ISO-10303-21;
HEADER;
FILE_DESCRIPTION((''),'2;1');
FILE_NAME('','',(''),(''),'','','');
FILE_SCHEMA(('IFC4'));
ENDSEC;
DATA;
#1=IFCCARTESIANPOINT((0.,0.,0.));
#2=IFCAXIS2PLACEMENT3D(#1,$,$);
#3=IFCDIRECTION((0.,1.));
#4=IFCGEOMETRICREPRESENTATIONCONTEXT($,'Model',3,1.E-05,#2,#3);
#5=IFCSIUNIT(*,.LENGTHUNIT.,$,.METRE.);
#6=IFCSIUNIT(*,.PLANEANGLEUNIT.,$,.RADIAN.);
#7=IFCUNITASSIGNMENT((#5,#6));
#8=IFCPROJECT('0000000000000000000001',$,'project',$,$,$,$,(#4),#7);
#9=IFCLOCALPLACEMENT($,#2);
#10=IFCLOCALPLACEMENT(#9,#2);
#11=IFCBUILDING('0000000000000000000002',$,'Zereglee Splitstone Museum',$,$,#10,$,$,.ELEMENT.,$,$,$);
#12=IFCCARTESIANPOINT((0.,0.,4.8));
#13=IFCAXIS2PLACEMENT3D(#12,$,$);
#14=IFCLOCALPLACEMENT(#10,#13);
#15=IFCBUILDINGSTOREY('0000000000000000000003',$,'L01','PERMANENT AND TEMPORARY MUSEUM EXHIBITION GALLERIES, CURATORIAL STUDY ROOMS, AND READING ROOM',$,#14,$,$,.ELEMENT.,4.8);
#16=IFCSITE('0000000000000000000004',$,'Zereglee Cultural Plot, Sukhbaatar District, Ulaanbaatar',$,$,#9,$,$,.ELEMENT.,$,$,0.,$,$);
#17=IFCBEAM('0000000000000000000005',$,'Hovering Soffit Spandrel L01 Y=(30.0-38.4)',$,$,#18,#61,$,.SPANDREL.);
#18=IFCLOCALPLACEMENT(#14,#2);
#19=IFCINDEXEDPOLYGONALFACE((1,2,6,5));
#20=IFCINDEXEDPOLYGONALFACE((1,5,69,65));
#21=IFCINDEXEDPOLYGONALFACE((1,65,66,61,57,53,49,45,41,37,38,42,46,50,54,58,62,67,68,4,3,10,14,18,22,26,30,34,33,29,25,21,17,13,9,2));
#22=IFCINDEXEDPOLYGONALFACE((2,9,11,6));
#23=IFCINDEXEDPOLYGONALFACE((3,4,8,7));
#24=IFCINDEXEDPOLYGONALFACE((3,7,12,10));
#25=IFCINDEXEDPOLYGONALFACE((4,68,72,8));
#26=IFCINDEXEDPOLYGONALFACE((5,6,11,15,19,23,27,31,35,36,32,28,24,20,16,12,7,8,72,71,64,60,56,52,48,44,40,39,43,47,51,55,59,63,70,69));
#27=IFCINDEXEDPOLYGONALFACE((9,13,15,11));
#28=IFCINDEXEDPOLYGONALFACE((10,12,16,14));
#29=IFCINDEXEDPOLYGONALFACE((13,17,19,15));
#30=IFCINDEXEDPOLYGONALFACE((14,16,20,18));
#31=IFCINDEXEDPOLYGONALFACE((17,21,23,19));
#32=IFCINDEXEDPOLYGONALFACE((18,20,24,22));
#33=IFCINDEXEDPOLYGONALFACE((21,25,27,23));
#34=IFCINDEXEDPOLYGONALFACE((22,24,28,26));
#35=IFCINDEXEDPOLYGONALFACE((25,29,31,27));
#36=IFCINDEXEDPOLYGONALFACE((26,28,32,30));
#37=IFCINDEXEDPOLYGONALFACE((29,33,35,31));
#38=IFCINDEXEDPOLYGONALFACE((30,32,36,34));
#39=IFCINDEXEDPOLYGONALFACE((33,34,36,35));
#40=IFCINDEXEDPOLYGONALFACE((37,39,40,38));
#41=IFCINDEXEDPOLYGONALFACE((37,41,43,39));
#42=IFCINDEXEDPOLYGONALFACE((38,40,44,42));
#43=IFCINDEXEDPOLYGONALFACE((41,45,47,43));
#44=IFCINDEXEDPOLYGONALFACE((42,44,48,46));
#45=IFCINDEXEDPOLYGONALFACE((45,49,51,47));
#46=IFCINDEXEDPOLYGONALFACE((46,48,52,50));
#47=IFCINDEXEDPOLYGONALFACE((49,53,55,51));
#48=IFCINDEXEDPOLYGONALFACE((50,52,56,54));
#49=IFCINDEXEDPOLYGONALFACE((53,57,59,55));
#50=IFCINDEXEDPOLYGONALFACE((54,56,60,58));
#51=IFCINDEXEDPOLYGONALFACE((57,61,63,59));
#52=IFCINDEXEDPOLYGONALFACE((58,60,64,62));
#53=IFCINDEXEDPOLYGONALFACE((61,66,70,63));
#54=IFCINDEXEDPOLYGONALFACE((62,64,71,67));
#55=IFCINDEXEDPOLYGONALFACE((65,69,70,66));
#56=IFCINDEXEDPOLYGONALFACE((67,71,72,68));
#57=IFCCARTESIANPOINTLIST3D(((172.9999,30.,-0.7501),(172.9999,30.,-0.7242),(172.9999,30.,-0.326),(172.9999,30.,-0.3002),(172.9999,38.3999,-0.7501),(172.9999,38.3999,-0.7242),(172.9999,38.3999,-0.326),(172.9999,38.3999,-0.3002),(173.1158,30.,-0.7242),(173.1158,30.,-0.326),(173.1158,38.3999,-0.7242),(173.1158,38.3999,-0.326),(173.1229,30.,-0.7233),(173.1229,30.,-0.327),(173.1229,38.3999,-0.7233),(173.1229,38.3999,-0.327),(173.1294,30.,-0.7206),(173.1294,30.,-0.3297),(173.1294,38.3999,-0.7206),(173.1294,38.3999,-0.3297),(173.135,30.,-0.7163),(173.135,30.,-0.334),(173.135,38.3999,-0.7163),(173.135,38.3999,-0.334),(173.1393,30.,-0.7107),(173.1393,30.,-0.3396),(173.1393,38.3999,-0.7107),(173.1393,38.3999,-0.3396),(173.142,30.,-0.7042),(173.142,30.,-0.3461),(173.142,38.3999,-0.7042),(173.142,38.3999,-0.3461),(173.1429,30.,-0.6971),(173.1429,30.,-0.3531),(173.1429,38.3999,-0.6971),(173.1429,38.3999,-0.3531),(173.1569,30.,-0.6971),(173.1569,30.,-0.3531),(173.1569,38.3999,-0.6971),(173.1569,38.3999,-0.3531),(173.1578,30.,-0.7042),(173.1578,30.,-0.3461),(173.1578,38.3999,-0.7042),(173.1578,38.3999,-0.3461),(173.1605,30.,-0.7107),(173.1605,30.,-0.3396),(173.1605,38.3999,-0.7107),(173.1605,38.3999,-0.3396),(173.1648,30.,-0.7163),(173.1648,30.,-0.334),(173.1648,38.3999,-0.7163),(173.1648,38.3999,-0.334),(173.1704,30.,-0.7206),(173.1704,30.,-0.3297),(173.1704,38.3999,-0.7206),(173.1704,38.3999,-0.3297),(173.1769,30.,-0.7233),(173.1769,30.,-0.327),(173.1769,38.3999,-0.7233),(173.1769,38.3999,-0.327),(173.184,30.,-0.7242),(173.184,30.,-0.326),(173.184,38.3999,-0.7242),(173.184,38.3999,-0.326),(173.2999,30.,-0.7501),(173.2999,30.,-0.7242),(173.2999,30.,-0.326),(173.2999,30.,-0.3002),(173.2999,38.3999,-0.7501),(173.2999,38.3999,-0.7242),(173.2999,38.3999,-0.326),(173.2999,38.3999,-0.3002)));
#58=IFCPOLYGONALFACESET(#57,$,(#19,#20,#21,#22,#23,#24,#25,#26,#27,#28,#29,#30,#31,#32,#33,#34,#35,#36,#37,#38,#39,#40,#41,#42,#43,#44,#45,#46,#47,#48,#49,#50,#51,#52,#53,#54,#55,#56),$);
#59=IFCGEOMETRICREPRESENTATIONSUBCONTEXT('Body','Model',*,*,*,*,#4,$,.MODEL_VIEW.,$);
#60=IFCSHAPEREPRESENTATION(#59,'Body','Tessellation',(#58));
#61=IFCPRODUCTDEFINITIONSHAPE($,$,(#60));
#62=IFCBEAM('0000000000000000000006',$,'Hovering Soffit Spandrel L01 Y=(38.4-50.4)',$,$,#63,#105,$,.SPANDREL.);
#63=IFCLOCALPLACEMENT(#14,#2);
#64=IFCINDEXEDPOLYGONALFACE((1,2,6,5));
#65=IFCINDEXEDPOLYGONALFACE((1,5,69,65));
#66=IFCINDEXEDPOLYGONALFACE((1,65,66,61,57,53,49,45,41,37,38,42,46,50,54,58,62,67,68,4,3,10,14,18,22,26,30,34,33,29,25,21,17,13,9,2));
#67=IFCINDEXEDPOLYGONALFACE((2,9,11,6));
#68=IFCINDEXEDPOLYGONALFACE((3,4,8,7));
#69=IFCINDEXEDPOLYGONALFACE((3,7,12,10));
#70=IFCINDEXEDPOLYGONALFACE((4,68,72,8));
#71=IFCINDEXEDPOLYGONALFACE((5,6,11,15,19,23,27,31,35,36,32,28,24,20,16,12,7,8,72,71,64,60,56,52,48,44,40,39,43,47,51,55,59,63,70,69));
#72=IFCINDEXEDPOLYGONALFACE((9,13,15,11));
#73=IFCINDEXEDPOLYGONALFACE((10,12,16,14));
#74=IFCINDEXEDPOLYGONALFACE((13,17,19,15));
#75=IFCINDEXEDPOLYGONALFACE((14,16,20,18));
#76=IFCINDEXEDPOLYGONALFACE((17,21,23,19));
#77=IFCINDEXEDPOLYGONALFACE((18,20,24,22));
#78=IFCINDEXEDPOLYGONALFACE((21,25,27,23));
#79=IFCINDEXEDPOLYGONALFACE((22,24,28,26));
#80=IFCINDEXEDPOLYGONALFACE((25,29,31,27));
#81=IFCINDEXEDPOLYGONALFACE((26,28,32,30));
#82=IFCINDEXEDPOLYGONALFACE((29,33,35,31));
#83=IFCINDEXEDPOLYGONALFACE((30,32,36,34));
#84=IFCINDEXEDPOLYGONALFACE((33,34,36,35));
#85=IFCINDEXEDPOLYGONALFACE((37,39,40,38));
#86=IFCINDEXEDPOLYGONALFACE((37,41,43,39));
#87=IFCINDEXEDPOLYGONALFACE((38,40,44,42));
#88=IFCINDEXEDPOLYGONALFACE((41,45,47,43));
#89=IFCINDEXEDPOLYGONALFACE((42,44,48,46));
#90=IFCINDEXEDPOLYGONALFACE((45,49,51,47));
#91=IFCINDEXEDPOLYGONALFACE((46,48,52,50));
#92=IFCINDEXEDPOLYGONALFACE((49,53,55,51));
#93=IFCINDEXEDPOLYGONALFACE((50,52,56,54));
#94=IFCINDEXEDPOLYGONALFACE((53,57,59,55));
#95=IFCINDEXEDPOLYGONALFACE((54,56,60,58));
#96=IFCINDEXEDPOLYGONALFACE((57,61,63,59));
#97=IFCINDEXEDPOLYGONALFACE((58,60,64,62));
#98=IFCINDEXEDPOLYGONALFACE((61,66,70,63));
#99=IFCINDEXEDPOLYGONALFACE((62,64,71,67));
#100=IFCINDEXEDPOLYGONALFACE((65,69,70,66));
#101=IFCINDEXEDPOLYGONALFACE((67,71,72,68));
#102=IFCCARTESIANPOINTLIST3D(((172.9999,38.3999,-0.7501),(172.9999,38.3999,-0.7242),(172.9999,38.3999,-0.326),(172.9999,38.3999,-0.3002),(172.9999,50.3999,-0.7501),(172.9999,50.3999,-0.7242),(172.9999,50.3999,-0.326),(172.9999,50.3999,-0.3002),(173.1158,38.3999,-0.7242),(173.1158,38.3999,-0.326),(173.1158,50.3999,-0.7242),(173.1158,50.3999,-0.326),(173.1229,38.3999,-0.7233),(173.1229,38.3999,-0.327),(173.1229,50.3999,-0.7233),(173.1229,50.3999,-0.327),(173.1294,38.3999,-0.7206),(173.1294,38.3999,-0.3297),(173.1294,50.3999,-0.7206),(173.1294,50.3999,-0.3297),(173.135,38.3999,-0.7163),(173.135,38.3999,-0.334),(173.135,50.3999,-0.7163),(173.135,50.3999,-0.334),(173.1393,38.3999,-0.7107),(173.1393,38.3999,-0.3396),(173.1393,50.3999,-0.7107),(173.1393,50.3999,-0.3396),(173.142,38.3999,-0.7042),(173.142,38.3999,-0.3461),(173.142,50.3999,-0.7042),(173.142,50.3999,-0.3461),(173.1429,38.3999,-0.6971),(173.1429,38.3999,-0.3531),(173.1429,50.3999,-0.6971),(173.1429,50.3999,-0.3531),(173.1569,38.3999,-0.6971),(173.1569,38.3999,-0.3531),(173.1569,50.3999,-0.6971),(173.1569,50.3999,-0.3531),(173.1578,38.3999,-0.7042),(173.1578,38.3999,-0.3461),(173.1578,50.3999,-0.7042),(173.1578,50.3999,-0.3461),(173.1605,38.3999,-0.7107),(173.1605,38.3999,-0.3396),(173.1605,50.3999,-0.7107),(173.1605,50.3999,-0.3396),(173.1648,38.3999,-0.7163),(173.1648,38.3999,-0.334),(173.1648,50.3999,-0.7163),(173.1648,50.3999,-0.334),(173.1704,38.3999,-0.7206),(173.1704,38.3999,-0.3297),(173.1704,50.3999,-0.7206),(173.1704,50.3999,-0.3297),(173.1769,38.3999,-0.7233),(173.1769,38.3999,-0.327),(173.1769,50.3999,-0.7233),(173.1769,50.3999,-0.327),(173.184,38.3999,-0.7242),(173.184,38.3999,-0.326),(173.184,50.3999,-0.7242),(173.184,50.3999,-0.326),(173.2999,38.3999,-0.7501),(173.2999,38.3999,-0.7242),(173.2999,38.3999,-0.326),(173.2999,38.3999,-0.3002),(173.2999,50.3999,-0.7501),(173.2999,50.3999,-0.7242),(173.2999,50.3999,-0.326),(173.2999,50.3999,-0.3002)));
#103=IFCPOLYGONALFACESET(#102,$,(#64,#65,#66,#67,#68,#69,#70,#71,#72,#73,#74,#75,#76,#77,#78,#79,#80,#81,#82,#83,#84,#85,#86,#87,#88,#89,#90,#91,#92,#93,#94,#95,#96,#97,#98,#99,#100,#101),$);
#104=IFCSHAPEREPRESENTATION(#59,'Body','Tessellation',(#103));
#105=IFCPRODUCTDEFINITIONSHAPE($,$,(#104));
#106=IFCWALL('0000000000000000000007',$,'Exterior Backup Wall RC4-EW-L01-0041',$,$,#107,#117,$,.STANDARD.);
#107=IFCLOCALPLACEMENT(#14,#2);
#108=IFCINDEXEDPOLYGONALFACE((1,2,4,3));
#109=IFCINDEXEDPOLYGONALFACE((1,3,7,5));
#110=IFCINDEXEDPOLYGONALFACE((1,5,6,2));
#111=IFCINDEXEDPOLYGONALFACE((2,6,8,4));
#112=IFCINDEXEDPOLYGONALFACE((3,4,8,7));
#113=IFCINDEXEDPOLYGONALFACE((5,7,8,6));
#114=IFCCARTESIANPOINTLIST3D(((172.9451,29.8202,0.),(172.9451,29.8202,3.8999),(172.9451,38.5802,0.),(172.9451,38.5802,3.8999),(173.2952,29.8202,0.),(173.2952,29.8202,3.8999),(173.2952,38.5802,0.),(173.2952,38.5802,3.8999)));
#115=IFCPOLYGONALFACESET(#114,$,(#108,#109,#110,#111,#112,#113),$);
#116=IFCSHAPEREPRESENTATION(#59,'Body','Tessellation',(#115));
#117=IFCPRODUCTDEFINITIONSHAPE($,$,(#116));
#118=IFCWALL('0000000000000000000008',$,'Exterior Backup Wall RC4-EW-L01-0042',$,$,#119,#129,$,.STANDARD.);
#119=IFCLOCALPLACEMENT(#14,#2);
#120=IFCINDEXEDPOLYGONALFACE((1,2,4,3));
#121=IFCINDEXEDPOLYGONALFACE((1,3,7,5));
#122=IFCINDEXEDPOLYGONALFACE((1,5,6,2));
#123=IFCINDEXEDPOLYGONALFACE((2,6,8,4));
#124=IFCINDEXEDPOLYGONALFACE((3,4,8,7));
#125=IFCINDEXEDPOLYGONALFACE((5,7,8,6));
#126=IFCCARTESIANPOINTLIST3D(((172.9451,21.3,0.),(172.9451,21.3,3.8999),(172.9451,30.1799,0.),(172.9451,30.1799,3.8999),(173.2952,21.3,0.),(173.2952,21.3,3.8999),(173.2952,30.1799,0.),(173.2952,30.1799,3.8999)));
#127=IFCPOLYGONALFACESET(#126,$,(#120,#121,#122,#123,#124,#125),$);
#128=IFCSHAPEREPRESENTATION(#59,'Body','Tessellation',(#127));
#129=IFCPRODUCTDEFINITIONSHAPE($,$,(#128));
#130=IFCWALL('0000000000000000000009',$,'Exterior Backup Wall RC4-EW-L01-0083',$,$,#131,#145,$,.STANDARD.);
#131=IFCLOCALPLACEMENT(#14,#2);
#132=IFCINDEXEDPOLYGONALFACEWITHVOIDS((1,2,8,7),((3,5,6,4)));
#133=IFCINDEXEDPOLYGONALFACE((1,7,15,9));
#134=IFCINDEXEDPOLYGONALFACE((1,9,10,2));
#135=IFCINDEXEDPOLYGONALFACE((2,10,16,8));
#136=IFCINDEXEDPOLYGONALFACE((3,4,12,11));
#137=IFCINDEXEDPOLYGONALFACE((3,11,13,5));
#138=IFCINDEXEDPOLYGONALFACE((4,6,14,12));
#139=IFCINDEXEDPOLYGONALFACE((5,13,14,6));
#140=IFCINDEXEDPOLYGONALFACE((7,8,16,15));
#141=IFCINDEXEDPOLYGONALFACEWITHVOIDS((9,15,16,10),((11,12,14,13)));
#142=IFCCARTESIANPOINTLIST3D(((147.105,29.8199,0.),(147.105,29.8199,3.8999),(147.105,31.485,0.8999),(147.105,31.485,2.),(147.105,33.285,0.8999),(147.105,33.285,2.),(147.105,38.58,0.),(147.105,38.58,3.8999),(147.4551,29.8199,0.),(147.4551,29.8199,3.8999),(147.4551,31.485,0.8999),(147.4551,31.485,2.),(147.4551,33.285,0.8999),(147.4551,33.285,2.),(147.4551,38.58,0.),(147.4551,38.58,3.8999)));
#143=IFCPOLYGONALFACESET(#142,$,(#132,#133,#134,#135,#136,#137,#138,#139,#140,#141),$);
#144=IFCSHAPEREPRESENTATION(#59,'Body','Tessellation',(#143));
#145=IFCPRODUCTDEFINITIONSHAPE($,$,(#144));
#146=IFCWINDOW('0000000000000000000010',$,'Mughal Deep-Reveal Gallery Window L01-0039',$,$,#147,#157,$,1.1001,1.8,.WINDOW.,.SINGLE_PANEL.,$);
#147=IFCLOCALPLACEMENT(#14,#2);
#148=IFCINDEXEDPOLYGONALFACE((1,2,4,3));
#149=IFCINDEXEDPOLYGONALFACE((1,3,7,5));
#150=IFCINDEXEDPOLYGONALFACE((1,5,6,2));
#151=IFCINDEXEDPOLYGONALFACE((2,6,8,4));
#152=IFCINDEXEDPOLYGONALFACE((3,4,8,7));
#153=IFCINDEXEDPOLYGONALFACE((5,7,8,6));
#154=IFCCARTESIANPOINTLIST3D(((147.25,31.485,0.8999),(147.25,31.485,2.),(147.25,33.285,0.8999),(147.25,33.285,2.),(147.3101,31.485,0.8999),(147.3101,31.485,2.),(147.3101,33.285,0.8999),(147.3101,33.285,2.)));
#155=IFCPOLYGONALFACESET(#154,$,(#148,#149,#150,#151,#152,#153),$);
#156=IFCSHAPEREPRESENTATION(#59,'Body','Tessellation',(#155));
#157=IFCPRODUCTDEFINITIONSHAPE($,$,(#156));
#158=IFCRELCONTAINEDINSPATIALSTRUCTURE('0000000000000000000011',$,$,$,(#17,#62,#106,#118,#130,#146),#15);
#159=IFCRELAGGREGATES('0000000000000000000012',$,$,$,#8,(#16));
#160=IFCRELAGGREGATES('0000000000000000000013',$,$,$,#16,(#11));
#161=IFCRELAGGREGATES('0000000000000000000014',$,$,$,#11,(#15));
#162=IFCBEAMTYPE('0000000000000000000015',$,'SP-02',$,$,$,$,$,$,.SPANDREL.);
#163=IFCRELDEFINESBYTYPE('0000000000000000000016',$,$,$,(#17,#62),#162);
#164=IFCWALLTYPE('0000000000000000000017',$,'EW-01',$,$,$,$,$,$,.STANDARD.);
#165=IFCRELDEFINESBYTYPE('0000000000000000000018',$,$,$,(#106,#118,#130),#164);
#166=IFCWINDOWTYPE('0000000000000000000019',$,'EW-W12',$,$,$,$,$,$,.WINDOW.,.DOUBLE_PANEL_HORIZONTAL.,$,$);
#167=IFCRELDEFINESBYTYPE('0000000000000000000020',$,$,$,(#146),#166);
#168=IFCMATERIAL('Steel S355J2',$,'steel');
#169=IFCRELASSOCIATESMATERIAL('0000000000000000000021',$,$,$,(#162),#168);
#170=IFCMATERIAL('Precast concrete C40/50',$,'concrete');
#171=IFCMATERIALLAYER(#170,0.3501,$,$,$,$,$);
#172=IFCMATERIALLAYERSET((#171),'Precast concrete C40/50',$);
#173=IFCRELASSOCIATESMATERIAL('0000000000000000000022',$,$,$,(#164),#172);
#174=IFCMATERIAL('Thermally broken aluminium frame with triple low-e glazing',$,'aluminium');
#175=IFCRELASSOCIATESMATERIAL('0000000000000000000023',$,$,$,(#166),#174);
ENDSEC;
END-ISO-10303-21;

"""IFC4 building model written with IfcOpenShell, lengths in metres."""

from ifc_helpers import new_model, si_unit, direction, frame, frame_2d, origin, origin_2d, place, context, subcontext, project, spatial, rectangle, i_section, extrude, material, layer, layer_set, material_profile, profile_set, type_object, element, fill, save


model = new_model("IFC4")

# Units and contexts
model_context = context("Model", 3, precision=1e-05, world=origin(), true_north=direction((0.0, 1.0)))
body_context = subcontext(model_context, "Body", "Model", "MODEL_VIEW")
ifc_project = project(units=[si_unit("LENGTHUNIT", "METRE"), si_unit("PLANEANGLEUNIT", "RADIAN")], contexts=[model_context])

# Site, building, storey
site_placement = place(None, origin())
site = spatial("IfcSite", under=ifc_project, at=site_placement, Name="Zereglee Cultural Plot, Sukhbaatar District, Ulaanbaatar", CompositionType="ELEMENT", RefElevation=0.0)
building_placement = place(site_placement, origin())
building = spatial("IfcBuilding", under=site, at=building_placement, Name="Zereglee Splitstone Museum", CompositionType="ELEMENT")
storey_placement = place(building_placement, frame((0.0, 0.0, 4.8)))
storey = spatial("IfcBuildingStorey", under=building, at=storey_placement, Name="L01", Description="PERMANENT AND TEMPORARY MUSEUM EXHIBITION GALLERIES, CURATORIAL STUDY ROOMS, AND READING ROOM", CompositionType="ELEMENT", Elevation=4.8)

# Shared definitions
ifc_material_1 = material(Name="Steel S355J2", Category="steel")

# Beams
ifc_material_profile_1 = material_profile(ifc_material_1, i_section(OverallWidth=0.3, OverallDepth=0.45, WebThickness=0.0139, FlangeThickness=0.0259, FilletRadius=0.0271, at=origin_2d()), Name="HE 450 B")
ifc_profile_set_1 = profile_set([ifc_material_profile_1], Name="Steel S355J2")
beam_type_1 = type_object("IfcBeamType", Name="SP-02", PredefinedType="SPANDREL", material=ifc_profile_set_1)
beam_1_placement = place(storey_placement, frame((173.1499, 30.0, -0.5251), z_axis=(0.0, 1.0, 0.0), x_axis=(-1.0, 0.0, 0.0)))
element("IfcBeam", 1, at=beam_1_placement, inside=storey, type_object=beam_type_1, Name="Hovering Soffit Spandrel L01 Y=(30.0-38.4)", PredefinedType="SPANDREL", context=body_context, shape_type="SweptSolid", body=[
    extrude(i_section(OverallWidth=0.3, OverallDepth=0.45, WebThickness=0.0139, FlangeThickness=0.0259, FilletRadius=0.0271, at=origin_2d()), origin(), (0.0, 0.0, 1.0), 8.3999),
])
beam_2_placement = place(storey_placement, frame((173.1499, 38.3999, -0.5251), z_axis=(0.0, 1.0, 0.0), x_axis=(-1.0, 0.0, 0.0)))
element("IfcBeam", 2, at=beam_2_placement, inside=storey, type_object=beam_type_1, Name="Hovering Soffit Spandrel L01 Y=(38.4-50.4)", PredefinedType="SPANDREL", context=body_context, shape_type="SweptSolid", body=[
    extrude(i_section(OverallWidth=0.3, OverallDepth=0.45, WebThickness=0.0139, FlangeThickness=0.0259, FilletRadius=0.0271, at=origin_2d()), origin(), (0.0, 0.0, 1.0), 12.0),
])

# Walls
ifc_material_2 = material(Name="Precast concrete C40/50", Category="concrete")
ifc_layer_1 = layer(ifc_material_2, 0.3501)
ifc_layer_set_1 = layer_set([ifc_layer_1], Name="Precast concrete C40/50")
wall_type_1 = type_object("IfcWallType", Name="EW-01", PredefinedType="STANDARD", material=ifc_layer_set_1)
wall_1_placement = place(storey_placement, frame((173.1201, 38.5801, 0.0), z_axis=(0.0, 0.0, 1.0), x_axis=(0.0, -1.0, 0.0)))
element("IfcWall", 3, at=wall_1_placement, inside=storey, type_object=wall_type_1, Name="Exterior Backup Wall RC4-EW-L01-0041", PredefinedType="STANDARD", context=body_context, shape_type="SweptSolid", body=[
    extrude(rectangle(XDim=8.76, YDim=0.3501, at=frame_2d((4.3799, 0.0))), origin(), (0.0, 0.0, 1.0), 3.8999),
])
wall_2_placement = place(storey_placement, frame((173.1201, 30.1799, 0.0), z_axis=(0.0, 0.0, 1.0), x_axis=(0.0, -1.0, 0.0)))
element("IfcWall", 4, at=wall_2_placement, inside=storey, type_object=wall_type_1, Name="Exterior Backup Wall RC4-EW-L01-0042", PredefinedType="STANDARD", context=body_context, shape_type="SweptSolid", body=[
    extrude(rectangle(XDim=8.8799, YDim=0.3501, at=frame_2d((4.4399, 0.0))), origin(), (0.0, 0.0, 1.0), 3.8999),
])

# Wall, opening, window
wall_3_placement = place(storey_placement, frame((147.28, 29.8201, 0.0), z_axis=(0.0, 0.0, 1.0), x_axis=(0.0, 1.0, 0.0)))
wall_3 = element("IfcWall", 5, at=wall_3_placement, inside=storey, type_object=wall_type_1, Name="Exterior Backup Wall RC4-EW-L01-0083", PredefinedType="STANDARD", context=body_context, shape_type="SweptSolid", body=[
    extrude(rectangle(XDim=8.76, YDim=0.3501, at=frame_2d((4.3799, 0.0))), origin(), (0.0, 0.0, 1.0), 3.8999),
])
opening_1_placement = place(wall_3_placement, frame((1.665, 0.0, 0.8999)))
opening_1 = element("IfcOpeningElement", 6, at=opening_1_placement, cuts=wall_3, PredefinedType="OPENING", context=body_context, shape_type="SweptSolid", body=[
    extrude(rectangle(XDim=1.8, YDim=1.1001, at=frame_2d((0.8999, 0.55))), frame((0.0, 0.1899, 0.0), z_axis=(0.0, -1.0, 0.0), x_axis=(1.0, 0.0, 0.0)), (0.0, 0.0, 1.0), 0.3799),
])
ifc_material_3 = material(Name="Thermally broken aluminium frame with triple low-e glazing", Category="aluminium")
window_type = type_object("IfcWindowType", Name="EW-W12", PartitioningType="DOUBLE_PANEL_HORIZONTAL", PredefinedType="WINDOW", material=ifc_material_3)
window_1_placement = place(opening_1_placement, origin())
window_1 = element("IfcWindow", 7, at=window_1_placement, inside=storey, type_object=window_type, Name="Mughal Deep-Reveal Gallery Window L01-0039", OverallHeight=1.1001, OverallWidth=1.8, PartitioningType="SINGLE_PANEL", PredefinedType="WINDOW", context=body_context, shape_type="SweptSolid", body=[
    extrude(rectangle(XDim=1.8, YDim=1.1001, at=frame_2d((0.8999, 0.55))), frame((0.0, 0.03, 0.0), z_axis=(0.0, -1.0, 0.0), x_axis=(1.0, 0.0, 0.0)), (0.0, 0.0, 1.0), 0.0601),
])
fill(opening_1, window_1)

save(model, "model.ifc")
